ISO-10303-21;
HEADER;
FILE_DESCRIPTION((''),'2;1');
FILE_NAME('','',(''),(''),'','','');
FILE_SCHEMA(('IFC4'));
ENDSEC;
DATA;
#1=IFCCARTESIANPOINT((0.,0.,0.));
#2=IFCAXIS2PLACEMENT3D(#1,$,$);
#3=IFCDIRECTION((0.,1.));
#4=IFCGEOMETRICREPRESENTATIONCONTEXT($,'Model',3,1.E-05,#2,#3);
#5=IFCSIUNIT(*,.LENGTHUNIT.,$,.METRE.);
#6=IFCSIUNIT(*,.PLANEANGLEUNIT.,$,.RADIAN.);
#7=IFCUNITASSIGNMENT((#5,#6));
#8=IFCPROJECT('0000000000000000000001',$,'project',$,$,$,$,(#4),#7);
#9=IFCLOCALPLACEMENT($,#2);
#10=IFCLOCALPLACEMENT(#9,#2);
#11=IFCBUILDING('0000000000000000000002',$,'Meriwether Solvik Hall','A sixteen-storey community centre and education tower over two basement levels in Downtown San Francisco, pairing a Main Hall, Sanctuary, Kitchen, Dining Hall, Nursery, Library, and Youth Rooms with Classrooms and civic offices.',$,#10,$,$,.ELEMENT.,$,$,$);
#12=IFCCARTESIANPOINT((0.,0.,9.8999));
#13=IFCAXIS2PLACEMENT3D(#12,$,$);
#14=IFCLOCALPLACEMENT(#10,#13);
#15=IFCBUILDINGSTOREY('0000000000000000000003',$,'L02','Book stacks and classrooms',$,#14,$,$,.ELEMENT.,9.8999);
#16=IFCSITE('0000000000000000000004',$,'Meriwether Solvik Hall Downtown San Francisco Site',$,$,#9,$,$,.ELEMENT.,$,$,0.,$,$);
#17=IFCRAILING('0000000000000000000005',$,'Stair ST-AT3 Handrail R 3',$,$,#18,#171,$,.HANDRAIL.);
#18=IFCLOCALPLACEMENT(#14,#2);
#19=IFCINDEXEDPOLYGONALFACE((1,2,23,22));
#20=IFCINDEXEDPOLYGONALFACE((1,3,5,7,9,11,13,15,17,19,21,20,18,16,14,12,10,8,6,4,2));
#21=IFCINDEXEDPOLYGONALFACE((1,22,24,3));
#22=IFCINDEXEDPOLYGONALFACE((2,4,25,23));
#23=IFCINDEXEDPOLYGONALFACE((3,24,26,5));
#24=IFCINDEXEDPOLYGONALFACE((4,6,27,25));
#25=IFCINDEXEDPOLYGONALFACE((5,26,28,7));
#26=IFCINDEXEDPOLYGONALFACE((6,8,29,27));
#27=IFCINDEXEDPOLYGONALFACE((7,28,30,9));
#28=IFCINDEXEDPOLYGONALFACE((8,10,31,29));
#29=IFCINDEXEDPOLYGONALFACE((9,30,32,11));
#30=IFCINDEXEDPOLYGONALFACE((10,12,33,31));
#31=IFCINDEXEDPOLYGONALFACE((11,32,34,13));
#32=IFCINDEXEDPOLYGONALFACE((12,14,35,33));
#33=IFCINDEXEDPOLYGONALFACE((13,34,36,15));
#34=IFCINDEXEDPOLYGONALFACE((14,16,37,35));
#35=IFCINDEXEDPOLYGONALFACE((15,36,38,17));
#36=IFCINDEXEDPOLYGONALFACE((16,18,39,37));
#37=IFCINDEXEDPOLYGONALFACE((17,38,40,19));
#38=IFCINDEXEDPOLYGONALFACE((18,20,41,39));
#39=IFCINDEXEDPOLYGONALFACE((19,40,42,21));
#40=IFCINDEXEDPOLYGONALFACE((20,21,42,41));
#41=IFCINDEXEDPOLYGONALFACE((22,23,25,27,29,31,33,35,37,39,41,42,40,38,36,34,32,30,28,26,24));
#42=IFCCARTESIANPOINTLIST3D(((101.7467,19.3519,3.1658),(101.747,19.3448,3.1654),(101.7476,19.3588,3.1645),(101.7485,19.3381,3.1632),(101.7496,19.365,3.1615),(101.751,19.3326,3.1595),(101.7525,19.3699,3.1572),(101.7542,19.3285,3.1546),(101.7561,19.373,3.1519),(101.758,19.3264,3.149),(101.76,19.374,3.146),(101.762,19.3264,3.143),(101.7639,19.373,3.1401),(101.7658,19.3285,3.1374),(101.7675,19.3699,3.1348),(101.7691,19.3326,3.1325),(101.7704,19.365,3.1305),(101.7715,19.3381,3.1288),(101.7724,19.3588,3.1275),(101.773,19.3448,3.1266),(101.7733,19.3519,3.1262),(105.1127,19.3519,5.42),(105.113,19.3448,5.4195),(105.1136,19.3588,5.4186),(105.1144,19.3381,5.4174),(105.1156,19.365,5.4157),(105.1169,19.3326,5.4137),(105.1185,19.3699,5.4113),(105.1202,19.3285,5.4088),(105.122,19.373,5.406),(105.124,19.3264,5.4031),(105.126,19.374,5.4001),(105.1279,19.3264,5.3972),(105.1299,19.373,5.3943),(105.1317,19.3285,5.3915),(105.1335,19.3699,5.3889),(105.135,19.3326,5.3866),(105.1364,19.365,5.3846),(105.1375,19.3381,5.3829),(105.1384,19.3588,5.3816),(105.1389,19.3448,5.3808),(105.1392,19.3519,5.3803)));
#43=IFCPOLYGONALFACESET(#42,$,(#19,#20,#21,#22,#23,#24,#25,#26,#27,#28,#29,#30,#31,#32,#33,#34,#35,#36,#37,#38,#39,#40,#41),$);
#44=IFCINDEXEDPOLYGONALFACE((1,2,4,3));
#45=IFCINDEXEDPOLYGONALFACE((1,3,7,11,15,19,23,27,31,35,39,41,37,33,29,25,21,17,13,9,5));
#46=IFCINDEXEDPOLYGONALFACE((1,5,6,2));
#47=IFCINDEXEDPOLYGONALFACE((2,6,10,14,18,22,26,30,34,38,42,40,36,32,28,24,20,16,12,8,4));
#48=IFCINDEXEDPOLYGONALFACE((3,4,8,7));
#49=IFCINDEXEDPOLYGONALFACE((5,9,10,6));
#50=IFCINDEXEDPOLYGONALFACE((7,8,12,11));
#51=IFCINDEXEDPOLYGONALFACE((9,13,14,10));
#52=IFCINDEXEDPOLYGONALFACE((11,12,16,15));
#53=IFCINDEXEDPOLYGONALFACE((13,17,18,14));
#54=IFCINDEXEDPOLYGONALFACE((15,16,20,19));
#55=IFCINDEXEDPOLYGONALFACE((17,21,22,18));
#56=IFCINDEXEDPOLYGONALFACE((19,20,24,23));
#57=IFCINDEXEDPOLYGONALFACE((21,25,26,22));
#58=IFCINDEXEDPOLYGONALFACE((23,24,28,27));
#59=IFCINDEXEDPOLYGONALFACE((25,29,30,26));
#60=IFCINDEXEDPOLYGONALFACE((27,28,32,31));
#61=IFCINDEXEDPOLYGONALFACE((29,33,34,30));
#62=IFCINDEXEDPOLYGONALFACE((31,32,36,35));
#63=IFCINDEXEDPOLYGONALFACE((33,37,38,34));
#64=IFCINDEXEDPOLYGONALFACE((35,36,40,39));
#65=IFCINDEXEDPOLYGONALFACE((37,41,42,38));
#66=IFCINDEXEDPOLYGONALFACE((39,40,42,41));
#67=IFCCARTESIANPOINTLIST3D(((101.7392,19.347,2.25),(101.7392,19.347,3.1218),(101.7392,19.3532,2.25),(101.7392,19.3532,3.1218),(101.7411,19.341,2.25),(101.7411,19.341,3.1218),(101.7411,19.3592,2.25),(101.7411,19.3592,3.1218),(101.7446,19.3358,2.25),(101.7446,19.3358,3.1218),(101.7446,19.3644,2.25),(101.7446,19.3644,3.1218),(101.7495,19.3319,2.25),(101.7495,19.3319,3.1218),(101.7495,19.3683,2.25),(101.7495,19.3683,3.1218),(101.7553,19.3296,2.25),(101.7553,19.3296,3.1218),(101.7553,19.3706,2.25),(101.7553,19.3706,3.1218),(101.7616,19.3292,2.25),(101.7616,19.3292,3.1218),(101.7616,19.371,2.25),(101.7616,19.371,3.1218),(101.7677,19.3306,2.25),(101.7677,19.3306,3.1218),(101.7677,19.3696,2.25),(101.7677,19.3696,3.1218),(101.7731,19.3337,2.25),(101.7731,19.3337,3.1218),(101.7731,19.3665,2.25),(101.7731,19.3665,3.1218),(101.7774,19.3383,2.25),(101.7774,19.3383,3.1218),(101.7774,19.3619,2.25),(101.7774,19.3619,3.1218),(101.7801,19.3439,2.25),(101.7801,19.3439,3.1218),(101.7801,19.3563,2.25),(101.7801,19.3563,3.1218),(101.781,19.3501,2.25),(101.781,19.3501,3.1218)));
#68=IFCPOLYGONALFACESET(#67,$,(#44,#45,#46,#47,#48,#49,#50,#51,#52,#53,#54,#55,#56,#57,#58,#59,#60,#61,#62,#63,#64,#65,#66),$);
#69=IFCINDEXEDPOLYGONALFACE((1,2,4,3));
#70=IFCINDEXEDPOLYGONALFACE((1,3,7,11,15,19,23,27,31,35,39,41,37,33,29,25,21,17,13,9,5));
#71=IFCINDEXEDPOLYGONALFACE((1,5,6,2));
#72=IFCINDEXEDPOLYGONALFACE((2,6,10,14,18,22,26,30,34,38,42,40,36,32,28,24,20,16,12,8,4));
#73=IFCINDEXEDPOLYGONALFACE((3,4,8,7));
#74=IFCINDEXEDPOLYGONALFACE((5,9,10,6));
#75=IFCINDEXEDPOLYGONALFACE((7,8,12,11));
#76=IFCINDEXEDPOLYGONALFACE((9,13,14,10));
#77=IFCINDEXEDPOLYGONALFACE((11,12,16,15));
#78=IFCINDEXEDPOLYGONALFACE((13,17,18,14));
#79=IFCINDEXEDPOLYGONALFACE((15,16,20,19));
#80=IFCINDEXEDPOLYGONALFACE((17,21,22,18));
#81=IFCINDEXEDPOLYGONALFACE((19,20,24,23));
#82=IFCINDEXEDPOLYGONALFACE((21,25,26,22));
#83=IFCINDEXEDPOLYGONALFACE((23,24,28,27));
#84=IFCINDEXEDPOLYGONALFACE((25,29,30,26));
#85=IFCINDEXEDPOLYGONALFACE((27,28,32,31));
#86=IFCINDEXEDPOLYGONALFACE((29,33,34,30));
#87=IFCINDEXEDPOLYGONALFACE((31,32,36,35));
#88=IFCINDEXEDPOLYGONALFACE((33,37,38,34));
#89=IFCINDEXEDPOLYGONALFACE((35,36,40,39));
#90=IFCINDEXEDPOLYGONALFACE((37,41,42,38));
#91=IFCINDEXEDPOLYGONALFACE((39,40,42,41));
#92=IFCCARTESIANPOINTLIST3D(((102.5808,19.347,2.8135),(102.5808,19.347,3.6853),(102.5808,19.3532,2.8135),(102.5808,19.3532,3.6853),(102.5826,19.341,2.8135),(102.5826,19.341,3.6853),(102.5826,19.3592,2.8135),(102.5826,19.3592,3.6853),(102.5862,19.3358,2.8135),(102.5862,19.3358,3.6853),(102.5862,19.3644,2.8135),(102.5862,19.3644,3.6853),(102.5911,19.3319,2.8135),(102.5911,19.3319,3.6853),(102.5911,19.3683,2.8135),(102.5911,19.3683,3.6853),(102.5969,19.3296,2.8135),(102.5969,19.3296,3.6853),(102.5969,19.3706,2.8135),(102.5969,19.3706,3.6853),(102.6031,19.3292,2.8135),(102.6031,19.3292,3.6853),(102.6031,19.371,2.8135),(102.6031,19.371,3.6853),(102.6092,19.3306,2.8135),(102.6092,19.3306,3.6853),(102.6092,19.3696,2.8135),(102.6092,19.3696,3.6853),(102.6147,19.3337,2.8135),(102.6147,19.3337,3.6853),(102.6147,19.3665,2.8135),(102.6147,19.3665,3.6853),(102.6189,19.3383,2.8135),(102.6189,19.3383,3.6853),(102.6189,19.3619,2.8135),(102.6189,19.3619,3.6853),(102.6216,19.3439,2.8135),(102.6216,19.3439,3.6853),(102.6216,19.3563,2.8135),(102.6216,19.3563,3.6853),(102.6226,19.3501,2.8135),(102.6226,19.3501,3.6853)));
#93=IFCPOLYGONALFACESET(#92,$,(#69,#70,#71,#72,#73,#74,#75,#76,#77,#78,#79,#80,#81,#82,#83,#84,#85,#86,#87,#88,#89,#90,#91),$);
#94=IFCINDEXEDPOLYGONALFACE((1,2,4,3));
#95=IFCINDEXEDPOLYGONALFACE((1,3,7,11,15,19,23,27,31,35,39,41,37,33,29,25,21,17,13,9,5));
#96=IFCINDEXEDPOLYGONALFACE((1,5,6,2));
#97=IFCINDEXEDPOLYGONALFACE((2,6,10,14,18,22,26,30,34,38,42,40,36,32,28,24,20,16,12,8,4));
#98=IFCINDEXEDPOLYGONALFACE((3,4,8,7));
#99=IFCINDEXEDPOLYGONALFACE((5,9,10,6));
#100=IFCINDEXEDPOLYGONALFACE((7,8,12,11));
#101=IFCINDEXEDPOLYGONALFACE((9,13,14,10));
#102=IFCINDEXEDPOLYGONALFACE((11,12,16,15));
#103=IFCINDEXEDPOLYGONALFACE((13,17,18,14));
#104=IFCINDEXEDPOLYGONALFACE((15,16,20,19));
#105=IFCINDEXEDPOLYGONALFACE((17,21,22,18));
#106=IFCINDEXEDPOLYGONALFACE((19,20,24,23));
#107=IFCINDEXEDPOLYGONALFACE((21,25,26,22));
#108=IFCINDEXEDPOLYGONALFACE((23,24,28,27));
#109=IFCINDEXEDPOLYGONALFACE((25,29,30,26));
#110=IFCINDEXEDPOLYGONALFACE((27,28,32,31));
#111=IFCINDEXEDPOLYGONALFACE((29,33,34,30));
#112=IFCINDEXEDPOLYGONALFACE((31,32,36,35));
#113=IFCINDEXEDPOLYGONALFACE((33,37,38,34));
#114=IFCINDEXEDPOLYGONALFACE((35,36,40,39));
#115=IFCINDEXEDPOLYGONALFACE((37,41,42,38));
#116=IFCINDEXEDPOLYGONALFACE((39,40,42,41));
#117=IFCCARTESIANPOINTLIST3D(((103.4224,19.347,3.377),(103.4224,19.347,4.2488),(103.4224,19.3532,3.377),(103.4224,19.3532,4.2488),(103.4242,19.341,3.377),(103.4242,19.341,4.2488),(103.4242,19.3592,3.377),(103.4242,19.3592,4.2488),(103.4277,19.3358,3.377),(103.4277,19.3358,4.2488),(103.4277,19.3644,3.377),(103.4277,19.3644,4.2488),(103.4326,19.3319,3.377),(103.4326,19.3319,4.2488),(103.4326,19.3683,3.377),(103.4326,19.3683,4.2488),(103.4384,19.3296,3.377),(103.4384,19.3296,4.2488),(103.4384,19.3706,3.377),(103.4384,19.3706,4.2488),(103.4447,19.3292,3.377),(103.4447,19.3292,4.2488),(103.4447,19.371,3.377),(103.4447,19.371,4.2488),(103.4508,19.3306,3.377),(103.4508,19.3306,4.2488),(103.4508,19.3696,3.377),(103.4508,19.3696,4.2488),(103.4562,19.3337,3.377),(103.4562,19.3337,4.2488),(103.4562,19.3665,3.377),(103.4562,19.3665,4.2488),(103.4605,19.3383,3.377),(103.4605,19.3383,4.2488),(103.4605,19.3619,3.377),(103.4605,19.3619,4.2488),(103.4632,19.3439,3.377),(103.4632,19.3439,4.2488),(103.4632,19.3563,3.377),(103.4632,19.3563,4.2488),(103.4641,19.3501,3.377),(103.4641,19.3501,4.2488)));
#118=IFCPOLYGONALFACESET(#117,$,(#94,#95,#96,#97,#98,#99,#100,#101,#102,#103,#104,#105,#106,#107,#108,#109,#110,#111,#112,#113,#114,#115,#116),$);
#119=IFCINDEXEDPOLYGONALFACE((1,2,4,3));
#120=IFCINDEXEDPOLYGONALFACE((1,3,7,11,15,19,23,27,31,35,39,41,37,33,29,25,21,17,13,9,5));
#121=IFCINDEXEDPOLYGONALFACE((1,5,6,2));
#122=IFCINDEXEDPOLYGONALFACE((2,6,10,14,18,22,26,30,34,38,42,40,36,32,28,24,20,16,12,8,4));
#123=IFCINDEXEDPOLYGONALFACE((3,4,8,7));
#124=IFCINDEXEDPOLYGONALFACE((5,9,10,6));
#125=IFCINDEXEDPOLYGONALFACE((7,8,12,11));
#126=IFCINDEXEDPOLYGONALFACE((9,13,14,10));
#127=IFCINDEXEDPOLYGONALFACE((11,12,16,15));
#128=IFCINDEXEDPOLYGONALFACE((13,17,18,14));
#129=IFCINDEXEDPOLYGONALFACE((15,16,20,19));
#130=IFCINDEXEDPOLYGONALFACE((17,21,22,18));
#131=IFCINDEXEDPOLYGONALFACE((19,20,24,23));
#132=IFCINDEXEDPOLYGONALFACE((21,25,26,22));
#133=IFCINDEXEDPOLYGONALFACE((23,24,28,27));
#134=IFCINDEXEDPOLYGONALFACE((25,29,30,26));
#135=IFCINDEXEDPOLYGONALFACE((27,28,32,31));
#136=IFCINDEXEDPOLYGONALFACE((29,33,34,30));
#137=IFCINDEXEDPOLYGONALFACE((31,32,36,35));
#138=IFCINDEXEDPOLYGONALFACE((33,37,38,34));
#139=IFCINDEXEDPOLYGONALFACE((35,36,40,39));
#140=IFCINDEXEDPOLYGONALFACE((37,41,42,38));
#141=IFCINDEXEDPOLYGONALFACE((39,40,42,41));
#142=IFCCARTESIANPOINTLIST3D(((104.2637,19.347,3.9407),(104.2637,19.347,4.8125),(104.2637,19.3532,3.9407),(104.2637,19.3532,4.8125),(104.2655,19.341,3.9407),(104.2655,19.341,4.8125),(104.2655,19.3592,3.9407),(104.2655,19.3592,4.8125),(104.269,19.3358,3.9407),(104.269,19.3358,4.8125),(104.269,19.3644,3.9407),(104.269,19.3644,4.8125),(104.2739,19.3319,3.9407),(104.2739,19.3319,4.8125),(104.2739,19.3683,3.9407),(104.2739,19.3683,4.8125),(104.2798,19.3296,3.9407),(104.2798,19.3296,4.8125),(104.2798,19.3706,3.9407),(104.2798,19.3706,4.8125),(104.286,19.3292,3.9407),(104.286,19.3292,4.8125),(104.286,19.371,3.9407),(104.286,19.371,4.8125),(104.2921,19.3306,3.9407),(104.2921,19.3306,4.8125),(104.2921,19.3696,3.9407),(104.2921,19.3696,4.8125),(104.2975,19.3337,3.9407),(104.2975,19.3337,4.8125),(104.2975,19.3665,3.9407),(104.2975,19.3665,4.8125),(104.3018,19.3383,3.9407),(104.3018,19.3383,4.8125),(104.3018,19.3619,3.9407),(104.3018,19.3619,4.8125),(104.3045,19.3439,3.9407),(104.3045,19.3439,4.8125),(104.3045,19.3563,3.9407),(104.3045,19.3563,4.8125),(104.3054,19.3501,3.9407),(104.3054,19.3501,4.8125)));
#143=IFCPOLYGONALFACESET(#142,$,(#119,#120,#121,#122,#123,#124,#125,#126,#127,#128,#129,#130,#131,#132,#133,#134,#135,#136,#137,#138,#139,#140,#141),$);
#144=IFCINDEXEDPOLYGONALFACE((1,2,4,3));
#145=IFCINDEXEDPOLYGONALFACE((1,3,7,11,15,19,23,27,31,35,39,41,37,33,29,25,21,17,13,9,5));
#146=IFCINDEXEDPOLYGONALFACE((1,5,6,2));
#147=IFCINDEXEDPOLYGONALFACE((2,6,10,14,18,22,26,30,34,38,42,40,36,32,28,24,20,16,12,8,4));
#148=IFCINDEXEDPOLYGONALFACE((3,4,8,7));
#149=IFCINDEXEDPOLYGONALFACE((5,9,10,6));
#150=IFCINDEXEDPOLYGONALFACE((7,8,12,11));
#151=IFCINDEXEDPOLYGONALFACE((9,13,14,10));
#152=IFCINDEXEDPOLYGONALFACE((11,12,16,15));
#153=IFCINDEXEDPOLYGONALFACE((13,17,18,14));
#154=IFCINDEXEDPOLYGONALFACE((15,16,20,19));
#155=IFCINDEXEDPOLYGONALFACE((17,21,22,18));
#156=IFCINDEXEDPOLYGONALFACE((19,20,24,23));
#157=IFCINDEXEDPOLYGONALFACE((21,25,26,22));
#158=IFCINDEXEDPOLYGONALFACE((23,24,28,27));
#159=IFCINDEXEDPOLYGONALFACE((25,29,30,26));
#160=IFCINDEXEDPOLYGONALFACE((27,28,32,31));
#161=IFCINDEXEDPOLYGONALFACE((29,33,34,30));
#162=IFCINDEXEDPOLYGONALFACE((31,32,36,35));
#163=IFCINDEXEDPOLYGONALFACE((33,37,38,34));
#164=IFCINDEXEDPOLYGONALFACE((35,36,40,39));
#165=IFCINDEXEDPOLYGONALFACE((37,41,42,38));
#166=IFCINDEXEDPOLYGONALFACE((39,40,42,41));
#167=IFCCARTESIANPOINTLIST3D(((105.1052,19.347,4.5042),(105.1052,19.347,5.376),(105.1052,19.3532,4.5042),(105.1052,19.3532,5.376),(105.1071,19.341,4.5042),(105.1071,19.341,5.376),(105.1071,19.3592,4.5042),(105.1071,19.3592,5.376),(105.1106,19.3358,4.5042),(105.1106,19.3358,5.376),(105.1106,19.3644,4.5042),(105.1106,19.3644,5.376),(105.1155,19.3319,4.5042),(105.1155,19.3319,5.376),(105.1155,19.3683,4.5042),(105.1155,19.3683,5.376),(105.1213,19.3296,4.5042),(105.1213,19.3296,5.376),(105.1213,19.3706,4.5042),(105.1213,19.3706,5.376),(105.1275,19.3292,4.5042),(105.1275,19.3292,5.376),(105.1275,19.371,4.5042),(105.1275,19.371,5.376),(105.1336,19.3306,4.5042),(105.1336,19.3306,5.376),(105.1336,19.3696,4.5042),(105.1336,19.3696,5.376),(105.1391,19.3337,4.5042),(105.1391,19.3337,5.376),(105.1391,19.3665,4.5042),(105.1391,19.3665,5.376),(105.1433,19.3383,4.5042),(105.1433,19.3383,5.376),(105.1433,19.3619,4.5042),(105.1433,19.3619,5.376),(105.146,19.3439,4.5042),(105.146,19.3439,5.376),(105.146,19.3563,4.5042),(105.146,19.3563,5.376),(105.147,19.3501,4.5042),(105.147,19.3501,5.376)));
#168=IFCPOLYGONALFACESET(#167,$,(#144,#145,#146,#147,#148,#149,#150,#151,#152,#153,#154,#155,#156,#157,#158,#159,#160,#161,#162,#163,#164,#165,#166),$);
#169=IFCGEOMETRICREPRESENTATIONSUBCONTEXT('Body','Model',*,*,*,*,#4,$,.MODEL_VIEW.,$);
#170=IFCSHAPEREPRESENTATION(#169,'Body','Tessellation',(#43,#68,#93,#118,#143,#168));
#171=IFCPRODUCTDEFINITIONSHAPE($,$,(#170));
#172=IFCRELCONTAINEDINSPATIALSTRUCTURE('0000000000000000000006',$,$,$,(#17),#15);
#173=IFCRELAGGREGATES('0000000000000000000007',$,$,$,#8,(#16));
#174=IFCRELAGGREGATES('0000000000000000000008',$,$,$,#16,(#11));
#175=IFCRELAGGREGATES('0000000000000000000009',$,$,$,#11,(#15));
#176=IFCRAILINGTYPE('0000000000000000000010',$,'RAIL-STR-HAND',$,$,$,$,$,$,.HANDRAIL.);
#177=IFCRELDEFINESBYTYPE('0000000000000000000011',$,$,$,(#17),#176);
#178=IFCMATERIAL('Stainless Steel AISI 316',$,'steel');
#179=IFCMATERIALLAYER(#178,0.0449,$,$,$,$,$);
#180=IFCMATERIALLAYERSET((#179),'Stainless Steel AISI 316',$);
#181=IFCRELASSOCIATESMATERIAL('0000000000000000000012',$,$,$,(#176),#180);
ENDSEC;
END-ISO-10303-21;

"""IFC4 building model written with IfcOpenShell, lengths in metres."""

from ifc_helpers import new_model, si_unit, direction, frame, origin, origin_2d, place, context, subcontext, project, spatial, circle, extrude, material, layer, layer_set, type_object, element, save


model = new_model("IFC4")

# Units and contexts
model_context = context("Model", 3, precision=1e-05, world=origin(), true_north=direction((0.0, 1.0)))
body_context = subcontext(model_context, "Body", "Model", "MODEL_VIEW")
ifc_project = project(units=[si_unit("LENGTHUNIT", "METRE"), si_unit("PLANEANGLEUNIT", "RADIAN")], contexts=[model_context])

# Site, building, storey
site_placement = place(None, origin())
site = spatial("IfcSite", under=ifc_project, at=site_placement, Name="Meriwether Solvik Hall Downtown San Francisco Site", CompositionType="ELEMENT", RefElevation=0.0)
building_placement = place(site_placement, origin())
building = spatial("IfcBuilding", under=site, at=building_placement, Name="Meriwether Solvik Hall", Description="A sixteen-storey community centre and education tower over two basement levels in Downtown San Francisco, pairing a Main Hall, Sanctuary, Kitchen, Dining Hall, Nursery, Library, and Youth Rooms with Classrooms and civic offices.", CompositionType="ELEMENT")
storey_placement = place(building_placement, frame((0.0, 0.0, 9.8999)))
storey = spatial("IfcBuildingStorey", under=building, at=storey_placement, Name="L02", Description="Book stacks and classrooms", CompositionType="ELEMENT", Elevation=9.8999)

# Railing
ifc_material_1 = material(Name="Stainless Steel AISI 316", Category="steel")
ifc_layer_1 = layer(ifc_material_1, 0.0449)
ifc_layer_set_1 = layer_set([ifc_layer_1], Name="Stainless Steel AISI 316")
railing_type_1 = type_object("IfcRailingType", Name="RAIL-STR-HAND", PredefinedType="HANDRAIL", material=ifc_layer_set_1)
for number, where, name in (
    (1, (101.76, 19.3501, 2.25), "Stair ST-AT3 Handrail R 3"),
):
    element("IfcRailing", number, at=place(storey_placement, frame(where)), inside=storey, type_object=railing_type_1, Name=name, PredefinedType="HANDRAIL", context=body_context, shape_type="SweptSolid", body=[
        extrude(circle(Radius=0.0239, at=origin_2d()), frame((0.0, 0.0, 0.896), z_axis=(0.83089, 0.0, 0.556437), x_axis=(0.0, 1.0, 0.0)), (0.0, 0.0, 1.0), 4.051),
        extrude(circle(Radius=0.021, at=origin_2d()), origin(), (0.0, 0.0, 1.0), 0.8718),
        extrude(circle(Radius=0.021, at=origin_2d()), frame((0.8416, 0.0, 0.5635)), (0.0, 0.0, 1.0), 0.8718),
        extrude(circle(Radius=0.021, at=origin_2d()), frame((1.6831, 0.0, 1.127)), (0.0, 0.0, 1.0), 0.8718),
        extrude(circle(Radius=0.021, at=origin_2d()), frame((2.5244, 0.0, 1.6907)), (0.0, 0.0, 1.0), 0.8718),
        extrude(circle(Radius=0.021, at=origin_2d()), frame((3.366, 0.0, 2.2542)), (0.0, 0.0, 1.0), 0.8718),
    ])

save(model, "model.ifc")
